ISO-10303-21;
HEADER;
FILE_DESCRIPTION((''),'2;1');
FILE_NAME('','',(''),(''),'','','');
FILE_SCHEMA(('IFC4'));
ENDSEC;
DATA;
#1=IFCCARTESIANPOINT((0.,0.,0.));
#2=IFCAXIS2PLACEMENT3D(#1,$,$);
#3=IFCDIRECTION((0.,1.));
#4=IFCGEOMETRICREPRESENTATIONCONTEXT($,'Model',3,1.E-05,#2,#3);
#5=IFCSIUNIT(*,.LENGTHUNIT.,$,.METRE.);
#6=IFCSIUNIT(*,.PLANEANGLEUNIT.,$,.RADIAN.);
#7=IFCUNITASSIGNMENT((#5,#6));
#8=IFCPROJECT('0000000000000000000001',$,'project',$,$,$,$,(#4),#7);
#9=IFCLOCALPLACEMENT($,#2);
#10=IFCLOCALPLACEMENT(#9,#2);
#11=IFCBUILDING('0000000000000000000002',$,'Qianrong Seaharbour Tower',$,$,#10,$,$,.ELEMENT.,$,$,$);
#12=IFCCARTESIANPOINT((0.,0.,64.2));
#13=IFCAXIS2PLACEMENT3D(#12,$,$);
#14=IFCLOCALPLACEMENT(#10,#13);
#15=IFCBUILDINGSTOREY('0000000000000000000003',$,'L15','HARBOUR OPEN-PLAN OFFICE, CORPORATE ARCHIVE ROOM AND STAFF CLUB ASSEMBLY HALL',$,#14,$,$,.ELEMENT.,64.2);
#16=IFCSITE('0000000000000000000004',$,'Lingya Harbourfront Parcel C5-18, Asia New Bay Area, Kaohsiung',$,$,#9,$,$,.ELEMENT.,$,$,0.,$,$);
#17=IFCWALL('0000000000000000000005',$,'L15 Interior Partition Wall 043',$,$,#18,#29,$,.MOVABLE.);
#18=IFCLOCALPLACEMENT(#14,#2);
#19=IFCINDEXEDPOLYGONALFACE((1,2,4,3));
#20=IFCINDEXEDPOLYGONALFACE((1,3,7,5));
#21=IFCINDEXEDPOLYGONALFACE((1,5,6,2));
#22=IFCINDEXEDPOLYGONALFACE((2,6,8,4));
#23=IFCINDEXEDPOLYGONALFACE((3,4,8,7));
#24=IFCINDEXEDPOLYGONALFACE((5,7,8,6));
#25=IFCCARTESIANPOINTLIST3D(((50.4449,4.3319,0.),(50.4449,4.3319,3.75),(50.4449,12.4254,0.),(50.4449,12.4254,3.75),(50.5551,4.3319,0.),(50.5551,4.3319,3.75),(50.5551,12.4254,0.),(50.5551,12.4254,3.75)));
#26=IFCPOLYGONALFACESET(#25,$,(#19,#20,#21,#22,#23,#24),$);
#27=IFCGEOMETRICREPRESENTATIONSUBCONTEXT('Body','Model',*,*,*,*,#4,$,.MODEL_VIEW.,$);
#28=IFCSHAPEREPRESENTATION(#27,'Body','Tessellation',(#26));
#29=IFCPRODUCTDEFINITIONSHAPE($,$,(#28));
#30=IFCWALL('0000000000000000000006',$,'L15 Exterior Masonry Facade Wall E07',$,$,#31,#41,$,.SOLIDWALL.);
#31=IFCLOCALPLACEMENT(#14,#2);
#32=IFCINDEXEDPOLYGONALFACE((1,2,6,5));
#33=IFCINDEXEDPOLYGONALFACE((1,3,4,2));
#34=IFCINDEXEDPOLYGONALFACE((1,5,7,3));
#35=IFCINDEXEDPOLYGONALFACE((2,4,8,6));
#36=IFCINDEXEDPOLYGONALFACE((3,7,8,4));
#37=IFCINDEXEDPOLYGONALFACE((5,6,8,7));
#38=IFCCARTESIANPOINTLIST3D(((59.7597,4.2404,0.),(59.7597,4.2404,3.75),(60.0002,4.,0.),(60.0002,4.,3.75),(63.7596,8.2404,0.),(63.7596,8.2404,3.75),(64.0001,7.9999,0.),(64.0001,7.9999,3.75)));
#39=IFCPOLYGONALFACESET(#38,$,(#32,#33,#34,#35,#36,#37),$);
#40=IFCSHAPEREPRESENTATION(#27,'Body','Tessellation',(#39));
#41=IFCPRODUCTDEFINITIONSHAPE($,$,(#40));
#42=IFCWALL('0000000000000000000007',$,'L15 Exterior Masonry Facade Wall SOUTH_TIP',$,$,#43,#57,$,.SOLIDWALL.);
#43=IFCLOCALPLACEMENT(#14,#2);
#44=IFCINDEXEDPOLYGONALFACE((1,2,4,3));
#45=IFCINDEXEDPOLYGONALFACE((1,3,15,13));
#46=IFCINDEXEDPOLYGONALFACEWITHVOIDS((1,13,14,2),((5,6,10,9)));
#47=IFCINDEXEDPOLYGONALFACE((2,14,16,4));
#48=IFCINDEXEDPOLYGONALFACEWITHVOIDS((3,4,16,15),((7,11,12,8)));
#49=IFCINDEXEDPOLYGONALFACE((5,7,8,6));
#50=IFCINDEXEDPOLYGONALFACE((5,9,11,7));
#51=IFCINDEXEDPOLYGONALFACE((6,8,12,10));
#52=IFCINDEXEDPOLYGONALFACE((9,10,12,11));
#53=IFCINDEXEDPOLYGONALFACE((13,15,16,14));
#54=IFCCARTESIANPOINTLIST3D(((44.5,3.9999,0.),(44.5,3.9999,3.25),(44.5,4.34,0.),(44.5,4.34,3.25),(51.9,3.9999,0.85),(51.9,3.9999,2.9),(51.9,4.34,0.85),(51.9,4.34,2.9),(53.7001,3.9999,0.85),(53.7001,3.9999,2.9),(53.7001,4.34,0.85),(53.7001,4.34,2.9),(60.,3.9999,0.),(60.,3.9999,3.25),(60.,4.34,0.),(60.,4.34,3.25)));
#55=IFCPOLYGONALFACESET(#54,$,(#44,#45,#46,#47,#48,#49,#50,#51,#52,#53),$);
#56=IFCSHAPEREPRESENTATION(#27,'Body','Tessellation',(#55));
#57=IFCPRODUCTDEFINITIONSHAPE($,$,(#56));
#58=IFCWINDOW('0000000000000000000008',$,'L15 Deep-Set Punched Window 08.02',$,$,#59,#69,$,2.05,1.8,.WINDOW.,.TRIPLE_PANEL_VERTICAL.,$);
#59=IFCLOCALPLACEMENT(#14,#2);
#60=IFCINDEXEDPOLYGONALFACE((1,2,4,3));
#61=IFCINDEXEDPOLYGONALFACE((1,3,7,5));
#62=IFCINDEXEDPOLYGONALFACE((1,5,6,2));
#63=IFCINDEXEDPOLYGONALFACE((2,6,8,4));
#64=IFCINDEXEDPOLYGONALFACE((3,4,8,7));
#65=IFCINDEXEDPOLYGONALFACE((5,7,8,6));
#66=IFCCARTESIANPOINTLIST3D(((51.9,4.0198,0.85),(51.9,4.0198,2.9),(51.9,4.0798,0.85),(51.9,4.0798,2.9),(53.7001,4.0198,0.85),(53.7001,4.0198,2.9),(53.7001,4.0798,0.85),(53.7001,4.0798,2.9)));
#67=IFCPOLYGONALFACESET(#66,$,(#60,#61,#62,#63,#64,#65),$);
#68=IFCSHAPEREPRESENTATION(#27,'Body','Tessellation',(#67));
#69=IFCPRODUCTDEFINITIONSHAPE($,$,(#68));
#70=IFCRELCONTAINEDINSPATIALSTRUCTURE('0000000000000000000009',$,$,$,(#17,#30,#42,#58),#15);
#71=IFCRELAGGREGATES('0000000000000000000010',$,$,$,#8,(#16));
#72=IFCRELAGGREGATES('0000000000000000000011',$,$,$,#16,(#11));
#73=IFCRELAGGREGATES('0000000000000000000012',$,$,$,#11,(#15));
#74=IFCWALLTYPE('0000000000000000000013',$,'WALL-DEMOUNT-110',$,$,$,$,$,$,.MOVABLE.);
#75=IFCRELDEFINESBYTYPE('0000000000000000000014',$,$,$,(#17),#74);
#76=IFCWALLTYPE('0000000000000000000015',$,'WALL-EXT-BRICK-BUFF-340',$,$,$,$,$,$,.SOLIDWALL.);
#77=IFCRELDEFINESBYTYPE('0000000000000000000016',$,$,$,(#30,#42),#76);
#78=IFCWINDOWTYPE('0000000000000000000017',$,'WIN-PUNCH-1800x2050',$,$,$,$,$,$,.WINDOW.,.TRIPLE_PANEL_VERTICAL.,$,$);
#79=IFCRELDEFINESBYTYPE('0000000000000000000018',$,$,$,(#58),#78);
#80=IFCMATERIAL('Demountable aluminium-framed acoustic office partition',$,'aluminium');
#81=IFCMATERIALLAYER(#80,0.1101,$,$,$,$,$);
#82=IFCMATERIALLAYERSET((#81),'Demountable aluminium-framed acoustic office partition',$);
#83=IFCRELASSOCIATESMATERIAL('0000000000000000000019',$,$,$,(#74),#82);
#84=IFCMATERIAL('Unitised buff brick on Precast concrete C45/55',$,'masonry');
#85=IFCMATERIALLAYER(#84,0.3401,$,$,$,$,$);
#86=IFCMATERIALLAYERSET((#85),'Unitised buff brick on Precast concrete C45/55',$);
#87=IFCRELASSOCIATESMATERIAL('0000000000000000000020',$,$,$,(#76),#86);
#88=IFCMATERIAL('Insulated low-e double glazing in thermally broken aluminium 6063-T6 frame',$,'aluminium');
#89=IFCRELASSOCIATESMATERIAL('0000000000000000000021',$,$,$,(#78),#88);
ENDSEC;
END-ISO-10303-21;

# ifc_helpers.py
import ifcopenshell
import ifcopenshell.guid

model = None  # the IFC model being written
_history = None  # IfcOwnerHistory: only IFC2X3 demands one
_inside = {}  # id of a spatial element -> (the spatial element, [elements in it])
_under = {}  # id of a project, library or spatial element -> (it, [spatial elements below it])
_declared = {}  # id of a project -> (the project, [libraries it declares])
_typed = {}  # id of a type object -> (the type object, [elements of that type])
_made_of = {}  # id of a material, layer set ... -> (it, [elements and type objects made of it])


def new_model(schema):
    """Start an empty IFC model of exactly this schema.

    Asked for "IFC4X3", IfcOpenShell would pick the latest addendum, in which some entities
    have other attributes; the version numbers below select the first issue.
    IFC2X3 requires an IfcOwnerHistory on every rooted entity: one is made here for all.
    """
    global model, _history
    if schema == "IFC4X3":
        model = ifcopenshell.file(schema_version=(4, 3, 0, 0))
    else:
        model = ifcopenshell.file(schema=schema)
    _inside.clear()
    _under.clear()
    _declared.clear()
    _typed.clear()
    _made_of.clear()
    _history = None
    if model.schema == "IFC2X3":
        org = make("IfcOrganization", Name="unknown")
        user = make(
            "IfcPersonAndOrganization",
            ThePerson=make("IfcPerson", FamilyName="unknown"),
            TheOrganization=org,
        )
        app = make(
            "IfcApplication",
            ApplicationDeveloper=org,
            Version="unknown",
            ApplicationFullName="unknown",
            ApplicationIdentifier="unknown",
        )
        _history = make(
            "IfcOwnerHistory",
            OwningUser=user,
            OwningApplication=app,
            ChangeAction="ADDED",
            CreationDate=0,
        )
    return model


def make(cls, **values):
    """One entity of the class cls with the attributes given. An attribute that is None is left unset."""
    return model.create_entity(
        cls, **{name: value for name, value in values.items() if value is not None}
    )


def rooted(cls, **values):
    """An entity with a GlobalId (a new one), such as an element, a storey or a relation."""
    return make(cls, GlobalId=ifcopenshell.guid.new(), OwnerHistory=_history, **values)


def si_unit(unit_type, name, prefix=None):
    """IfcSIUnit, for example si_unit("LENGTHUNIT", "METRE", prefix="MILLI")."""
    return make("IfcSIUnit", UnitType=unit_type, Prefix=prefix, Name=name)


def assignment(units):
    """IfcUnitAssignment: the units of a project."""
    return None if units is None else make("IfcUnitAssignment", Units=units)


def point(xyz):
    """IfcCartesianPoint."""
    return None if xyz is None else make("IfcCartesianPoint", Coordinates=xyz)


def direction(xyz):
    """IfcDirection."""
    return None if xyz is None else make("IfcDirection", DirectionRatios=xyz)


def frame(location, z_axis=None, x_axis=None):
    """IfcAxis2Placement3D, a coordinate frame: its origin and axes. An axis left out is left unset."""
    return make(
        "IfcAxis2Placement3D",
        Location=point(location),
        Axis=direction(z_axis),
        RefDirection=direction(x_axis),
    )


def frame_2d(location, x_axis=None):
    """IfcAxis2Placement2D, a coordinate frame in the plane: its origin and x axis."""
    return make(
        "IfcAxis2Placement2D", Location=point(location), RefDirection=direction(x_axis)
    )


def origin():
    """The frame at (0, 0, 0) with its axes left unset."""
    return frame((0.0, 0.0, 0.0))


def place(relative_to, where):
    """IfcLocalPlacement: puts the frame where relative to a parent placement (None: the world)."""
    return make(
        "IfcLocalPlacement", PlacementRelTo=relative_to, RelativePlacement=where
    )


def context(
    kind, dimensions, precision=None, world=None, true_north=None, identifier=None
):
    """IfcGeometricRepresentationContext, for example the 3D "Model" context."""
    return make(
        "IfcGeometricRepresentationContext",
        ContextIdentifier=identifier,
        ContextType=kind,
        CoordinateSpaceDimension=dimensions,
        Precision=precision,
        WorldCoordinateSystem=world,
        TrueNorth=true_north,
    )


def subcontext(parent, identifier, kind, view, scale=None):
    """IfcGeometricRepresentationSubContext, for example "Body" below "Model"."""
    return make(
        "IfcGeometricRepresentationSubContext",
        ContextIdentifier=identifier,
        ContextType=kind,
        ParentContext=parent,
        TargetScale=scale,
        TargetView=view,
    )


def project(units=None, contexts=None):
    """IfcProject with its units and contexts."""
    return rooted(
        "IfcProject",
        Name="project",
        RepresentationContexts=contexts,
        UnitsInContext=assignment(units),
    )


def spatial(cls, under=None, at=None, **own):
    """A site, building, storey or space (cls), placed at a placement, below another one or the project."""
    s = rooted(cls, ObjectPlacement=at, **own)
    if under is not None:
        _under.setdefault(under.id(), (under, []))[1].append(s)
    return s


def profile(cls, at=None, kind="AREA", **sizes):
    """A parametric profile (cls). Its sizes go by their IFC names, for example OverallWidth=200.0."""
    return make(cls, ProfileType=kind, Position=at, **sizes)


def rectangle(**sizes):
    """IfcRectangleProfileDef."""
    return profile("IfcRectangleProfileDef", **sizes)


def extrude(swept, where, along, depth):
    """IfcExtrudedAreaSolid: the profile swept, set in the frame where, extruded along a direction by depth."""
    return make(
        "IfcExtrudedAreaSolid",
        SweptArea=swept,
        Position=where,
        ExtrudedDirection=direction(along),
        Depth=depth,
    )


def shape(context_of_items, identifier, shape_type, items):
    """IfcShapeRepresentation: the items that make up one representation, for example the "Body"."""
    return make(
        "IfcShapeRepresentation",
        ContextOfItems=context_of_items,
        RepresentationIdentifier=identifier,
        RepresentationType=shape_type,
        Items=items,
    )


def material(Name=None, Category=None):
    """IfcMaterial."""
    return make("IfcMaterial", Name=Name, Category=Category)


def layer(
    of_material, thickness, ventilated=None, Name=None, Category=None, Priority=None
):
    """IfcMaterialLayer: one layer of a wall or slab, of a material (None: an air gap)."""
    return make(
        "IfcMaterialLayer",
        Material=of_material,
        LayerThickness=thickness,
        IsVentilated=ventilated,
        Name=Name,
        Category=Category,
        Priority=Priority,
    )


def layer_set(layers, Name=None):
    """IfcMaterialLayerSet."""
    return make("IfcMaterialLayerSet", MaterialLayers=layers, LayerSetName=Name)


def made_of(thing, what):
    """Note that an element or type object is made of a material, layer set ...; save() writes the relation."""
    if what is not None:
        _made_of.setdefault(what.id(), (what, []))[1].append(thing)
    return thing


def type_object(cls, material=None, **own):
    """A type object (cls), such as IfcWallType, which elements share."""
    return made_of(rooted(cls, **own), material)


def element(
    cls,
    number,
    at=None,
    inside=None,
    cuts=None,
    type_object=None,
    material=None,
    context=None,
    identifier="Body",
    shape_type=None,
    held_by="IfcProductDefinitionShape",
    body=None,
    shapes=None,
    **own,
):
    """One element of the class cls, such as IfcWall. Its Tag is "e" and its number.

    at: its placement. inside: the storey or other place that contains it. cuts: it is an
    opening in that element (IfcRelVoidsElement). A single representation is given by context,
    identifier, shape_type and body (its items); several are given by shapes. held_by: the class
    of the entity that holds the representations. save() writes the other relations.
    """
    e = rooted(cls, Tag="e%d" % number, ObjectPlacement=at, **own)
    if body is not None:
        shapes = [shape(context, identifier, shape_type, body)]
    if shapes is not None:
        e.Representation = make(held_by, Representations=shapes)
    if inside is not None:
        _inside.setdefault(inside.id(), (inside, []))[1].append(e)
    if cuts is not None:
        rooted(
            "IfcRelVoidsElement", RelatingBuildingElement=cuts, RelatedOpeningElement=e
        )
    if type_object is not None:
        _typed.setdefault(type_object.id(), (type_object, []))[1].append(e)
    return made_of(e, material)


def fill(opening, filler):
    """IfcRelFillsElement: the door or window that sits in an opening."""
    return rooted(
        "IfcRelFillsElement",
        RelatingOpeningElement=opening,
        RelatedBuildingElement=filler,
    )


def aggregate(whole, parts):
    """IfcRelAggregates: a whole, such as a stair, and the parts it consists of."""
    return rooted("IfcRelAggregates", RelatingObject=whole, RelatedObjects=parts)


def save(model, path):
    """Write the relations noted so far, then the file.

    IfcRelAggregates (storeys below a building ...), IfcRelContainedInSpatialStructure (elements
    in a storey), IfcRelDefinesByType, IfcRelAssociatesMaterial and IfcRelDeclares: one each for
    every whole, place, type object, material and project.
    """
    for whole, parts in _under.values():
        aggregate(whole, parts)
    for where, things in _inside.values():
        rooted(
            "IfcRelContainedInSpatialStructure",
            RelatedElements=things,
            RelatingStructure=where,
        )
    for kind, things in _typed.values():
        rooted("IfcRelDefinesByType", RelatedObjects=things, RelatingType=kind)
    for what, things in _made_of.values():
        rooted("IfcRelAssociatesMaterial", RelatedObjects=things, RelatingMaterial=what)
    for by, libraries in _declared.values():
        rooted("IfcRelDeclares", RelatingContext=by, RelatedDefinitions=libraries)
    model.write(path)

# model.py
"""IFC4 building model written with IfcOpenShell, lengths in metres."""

from ifc_helpers import new_model, si_unit, direction, frame, frame_2d, origin, place, context, subcontext, project, spatial, rectangle, extrude, material, layer, layer_set, type_object, element, fill, save


model = new_model("IFC4")

# Units and contexts
model_context = context("Model", 3, precision=1e-05, world=origin(), true_north=direction((0.0, 1.0)))
body_context = subcontext(model_context, "Body", "Model", "MODEL_VIEW")
ifc_project = project(units=[si_unit("LENGTHUNIT", "METRE"), si_unit("PLANEANGLEUNIT", "RADIAN")], contexts=[model_context])

# Site, building, storey
site_placement = place(None, origin())
site = spatial("IfcSite", under=ifc_project, at=site_placement, Name="Lingya Harbourfront Parcel C5-18, Asia New Bay Area, Kaohsiung", CompositionType="ELEMENT", RefElevation=0.0)
building_placement = place(site_placement, origin())
building = spatial("IfcBuilding", under=site, at=building_placement, Name="Qianrong Seaharbour Tower", CompositionType="ELEMENT")
storey_placement = place(building_placement, frame((0.0, 0.0, 64.2)))
storey = spatial("IfcBuildingStorey", under=building, at=storey_placement, Name="L15", Description="HARBOUR OPEN-PLAN OFFICE, CORPORATE ARCHIVE ROOM AND STAFF CLUB ASSEMBLY HALL", CompositionType="ELEMENT", Elevation=64.2)

# Walls
ifc_material_1 = material(Name="Demountable aluminium-framed acoustic office partition", Category="aluminium")
ifc_layer_1 = layer(ifc_material_1, 0.1101)
ifc_layer_set_1 = layer_set([ifc_layer_1], Name="Demountable aluminium-framed acoustic office partition")
wall_type_1 = type_object("IfcWallType", Name="WALL-DEMOUNT-110", PredefinedType="MOVABLE", material=ifc_layer_set_1)
wall_1_placement = place(storey_placement, frame((50.5, 12.4255, 0.0), z_axis=(0.0, 0.0, 1.0), x_axis=(0.0, -1.0, 0.0)))
element("IfcWall", 1, at=wall_1_placement, inside=storey, type_object=wall_type_1, Name="L15 Interior Partition Wall 043", PredefinedType="MOVABLE", context=body_context, shape_type="SweptSolid", body=[
    extrude(rectangle(XDim=8.0935, YDim=0.1101, at=frame_2d((4.0469, 0.0))), origin(), (0.0, 0.0, 1.0), 3.75),
])
ifc_material_2 = material(Name="Unitised buff brick on Precast concrete C45/55", Category="masonry")
ifc_layer_2 = layer(ifc_material_2, 0.3401)
ifc_layer_set_2 = layer_set([ifc_layer_2], Name="Unitised buff brick on Precast concrete C45/55")
wall_type_2 = type_object("IfcWallType", Name="WALL-EXT-BRICK-BUFF-340", PredefinedType="SOLIDWALL", material=ifc_layer_set_2)
wall_2_placement = place(storey_placement, frame((63.8799, 8.1201, 0.0), z_axis=(0.0, 0.0, 1.0), x_axis=(-0.707107, -0.707107, 0.0)))
element("IfcWall", 2, at=wall_2_placement, inside=storey, type_object=wall_type_2, Name="L15 Exterior Masonry Facade Wall E07", PredefinedType="SOLIDWALL", context=body_context, shape_type="SweptSolid", body=[
    extrude(rectangle(XDim=5.6567, YDim=0.3401, at=frame_2d((2.8284, 0.0))), origin(), (0.0, 0.0, 1.0), 3.75),
])

# Wall, opening, window
wall_3_placement = place(storey_placement, frame((60.0, 4.1699, 0.0), z_axis=(0.0, 0.0, 1.0), x_axis=(-1.0, 0.0, 0.0)))
wall_3 = element("IfcWall", 3, at=wall_3_placement, inside=storey, type_object=wall_type_2, Name="L15 Exterior Masonry Facade Wall SOUTH_TIP", PredefinedType="SOLIDWALL", context=body_context, shape_type="SweptSolid", body=[
    extrude(rectangle(XDim=15.5, YDim=0.3401, at=frame_2d((7.75, 0.0))), origin(), (0.0, 0.0, 1.0), 3.25),
])
opening_1_placement = place(wall_3_placement, frame((6.3, 0.0, 0.8501)))
opening_1 = element("IfcOpeningElement", 4, at=opening_1_placement, cuts=wall_3, PredefinedType="OPENING", context=body_context, shape_type="SweptSolid", body=[
    extrude(rectangle(XDim=1.8, YDim=2.05, at=frame_2d((0.8999, 1.0249))), frame((0.0, 0.1802, 0.0), z_axis=(0.0, -1.0, 0.0), x_axis=(1.0, 0.0, 0.0)), (0.0, 0.0, 1.0), 0.3601),
])
ifc_material_3 = material(Name="Insulated low-e double glazing in thermally broken aluminium 6063-T6 frame", Category="aluminium")
window_type = type_object("IfcWindowType", Name="WIN-PUNCH-1800x2050", PartitioningType="TRIPLE_PANEL_VERTICAL", PredefinedType="WINDOW", material=ifc_material_3)
window_placement = place(opening_1_placement, origin())
window = element("IfcWindow", 5, at=window_placement, inside=storey, type_object=window_type, Name="L15 Deep-Set Punched Window 08.02", OverallHeight=2.05, OverallWidth=1.8, PartitioningType="TRIPLE_PANEL_VERTICAL", PredefinedType="WINDOW", context=body_context, shape_type="SweptSolid", body=[
    extrude(rectangle(XDim=1.8, YDim=2.05, at=frame_2d((0.8999, 1.0249))), frame((0.0, 0.1501, 0.0), z_axis=(0.0, -1.0, 0.0), x_axis=(1.0, 0.0, 0.0)), (0.0, 0.0, 1.0), 0.0601),
])
fill(opening_1, window)

save(model, "model.ifc")
